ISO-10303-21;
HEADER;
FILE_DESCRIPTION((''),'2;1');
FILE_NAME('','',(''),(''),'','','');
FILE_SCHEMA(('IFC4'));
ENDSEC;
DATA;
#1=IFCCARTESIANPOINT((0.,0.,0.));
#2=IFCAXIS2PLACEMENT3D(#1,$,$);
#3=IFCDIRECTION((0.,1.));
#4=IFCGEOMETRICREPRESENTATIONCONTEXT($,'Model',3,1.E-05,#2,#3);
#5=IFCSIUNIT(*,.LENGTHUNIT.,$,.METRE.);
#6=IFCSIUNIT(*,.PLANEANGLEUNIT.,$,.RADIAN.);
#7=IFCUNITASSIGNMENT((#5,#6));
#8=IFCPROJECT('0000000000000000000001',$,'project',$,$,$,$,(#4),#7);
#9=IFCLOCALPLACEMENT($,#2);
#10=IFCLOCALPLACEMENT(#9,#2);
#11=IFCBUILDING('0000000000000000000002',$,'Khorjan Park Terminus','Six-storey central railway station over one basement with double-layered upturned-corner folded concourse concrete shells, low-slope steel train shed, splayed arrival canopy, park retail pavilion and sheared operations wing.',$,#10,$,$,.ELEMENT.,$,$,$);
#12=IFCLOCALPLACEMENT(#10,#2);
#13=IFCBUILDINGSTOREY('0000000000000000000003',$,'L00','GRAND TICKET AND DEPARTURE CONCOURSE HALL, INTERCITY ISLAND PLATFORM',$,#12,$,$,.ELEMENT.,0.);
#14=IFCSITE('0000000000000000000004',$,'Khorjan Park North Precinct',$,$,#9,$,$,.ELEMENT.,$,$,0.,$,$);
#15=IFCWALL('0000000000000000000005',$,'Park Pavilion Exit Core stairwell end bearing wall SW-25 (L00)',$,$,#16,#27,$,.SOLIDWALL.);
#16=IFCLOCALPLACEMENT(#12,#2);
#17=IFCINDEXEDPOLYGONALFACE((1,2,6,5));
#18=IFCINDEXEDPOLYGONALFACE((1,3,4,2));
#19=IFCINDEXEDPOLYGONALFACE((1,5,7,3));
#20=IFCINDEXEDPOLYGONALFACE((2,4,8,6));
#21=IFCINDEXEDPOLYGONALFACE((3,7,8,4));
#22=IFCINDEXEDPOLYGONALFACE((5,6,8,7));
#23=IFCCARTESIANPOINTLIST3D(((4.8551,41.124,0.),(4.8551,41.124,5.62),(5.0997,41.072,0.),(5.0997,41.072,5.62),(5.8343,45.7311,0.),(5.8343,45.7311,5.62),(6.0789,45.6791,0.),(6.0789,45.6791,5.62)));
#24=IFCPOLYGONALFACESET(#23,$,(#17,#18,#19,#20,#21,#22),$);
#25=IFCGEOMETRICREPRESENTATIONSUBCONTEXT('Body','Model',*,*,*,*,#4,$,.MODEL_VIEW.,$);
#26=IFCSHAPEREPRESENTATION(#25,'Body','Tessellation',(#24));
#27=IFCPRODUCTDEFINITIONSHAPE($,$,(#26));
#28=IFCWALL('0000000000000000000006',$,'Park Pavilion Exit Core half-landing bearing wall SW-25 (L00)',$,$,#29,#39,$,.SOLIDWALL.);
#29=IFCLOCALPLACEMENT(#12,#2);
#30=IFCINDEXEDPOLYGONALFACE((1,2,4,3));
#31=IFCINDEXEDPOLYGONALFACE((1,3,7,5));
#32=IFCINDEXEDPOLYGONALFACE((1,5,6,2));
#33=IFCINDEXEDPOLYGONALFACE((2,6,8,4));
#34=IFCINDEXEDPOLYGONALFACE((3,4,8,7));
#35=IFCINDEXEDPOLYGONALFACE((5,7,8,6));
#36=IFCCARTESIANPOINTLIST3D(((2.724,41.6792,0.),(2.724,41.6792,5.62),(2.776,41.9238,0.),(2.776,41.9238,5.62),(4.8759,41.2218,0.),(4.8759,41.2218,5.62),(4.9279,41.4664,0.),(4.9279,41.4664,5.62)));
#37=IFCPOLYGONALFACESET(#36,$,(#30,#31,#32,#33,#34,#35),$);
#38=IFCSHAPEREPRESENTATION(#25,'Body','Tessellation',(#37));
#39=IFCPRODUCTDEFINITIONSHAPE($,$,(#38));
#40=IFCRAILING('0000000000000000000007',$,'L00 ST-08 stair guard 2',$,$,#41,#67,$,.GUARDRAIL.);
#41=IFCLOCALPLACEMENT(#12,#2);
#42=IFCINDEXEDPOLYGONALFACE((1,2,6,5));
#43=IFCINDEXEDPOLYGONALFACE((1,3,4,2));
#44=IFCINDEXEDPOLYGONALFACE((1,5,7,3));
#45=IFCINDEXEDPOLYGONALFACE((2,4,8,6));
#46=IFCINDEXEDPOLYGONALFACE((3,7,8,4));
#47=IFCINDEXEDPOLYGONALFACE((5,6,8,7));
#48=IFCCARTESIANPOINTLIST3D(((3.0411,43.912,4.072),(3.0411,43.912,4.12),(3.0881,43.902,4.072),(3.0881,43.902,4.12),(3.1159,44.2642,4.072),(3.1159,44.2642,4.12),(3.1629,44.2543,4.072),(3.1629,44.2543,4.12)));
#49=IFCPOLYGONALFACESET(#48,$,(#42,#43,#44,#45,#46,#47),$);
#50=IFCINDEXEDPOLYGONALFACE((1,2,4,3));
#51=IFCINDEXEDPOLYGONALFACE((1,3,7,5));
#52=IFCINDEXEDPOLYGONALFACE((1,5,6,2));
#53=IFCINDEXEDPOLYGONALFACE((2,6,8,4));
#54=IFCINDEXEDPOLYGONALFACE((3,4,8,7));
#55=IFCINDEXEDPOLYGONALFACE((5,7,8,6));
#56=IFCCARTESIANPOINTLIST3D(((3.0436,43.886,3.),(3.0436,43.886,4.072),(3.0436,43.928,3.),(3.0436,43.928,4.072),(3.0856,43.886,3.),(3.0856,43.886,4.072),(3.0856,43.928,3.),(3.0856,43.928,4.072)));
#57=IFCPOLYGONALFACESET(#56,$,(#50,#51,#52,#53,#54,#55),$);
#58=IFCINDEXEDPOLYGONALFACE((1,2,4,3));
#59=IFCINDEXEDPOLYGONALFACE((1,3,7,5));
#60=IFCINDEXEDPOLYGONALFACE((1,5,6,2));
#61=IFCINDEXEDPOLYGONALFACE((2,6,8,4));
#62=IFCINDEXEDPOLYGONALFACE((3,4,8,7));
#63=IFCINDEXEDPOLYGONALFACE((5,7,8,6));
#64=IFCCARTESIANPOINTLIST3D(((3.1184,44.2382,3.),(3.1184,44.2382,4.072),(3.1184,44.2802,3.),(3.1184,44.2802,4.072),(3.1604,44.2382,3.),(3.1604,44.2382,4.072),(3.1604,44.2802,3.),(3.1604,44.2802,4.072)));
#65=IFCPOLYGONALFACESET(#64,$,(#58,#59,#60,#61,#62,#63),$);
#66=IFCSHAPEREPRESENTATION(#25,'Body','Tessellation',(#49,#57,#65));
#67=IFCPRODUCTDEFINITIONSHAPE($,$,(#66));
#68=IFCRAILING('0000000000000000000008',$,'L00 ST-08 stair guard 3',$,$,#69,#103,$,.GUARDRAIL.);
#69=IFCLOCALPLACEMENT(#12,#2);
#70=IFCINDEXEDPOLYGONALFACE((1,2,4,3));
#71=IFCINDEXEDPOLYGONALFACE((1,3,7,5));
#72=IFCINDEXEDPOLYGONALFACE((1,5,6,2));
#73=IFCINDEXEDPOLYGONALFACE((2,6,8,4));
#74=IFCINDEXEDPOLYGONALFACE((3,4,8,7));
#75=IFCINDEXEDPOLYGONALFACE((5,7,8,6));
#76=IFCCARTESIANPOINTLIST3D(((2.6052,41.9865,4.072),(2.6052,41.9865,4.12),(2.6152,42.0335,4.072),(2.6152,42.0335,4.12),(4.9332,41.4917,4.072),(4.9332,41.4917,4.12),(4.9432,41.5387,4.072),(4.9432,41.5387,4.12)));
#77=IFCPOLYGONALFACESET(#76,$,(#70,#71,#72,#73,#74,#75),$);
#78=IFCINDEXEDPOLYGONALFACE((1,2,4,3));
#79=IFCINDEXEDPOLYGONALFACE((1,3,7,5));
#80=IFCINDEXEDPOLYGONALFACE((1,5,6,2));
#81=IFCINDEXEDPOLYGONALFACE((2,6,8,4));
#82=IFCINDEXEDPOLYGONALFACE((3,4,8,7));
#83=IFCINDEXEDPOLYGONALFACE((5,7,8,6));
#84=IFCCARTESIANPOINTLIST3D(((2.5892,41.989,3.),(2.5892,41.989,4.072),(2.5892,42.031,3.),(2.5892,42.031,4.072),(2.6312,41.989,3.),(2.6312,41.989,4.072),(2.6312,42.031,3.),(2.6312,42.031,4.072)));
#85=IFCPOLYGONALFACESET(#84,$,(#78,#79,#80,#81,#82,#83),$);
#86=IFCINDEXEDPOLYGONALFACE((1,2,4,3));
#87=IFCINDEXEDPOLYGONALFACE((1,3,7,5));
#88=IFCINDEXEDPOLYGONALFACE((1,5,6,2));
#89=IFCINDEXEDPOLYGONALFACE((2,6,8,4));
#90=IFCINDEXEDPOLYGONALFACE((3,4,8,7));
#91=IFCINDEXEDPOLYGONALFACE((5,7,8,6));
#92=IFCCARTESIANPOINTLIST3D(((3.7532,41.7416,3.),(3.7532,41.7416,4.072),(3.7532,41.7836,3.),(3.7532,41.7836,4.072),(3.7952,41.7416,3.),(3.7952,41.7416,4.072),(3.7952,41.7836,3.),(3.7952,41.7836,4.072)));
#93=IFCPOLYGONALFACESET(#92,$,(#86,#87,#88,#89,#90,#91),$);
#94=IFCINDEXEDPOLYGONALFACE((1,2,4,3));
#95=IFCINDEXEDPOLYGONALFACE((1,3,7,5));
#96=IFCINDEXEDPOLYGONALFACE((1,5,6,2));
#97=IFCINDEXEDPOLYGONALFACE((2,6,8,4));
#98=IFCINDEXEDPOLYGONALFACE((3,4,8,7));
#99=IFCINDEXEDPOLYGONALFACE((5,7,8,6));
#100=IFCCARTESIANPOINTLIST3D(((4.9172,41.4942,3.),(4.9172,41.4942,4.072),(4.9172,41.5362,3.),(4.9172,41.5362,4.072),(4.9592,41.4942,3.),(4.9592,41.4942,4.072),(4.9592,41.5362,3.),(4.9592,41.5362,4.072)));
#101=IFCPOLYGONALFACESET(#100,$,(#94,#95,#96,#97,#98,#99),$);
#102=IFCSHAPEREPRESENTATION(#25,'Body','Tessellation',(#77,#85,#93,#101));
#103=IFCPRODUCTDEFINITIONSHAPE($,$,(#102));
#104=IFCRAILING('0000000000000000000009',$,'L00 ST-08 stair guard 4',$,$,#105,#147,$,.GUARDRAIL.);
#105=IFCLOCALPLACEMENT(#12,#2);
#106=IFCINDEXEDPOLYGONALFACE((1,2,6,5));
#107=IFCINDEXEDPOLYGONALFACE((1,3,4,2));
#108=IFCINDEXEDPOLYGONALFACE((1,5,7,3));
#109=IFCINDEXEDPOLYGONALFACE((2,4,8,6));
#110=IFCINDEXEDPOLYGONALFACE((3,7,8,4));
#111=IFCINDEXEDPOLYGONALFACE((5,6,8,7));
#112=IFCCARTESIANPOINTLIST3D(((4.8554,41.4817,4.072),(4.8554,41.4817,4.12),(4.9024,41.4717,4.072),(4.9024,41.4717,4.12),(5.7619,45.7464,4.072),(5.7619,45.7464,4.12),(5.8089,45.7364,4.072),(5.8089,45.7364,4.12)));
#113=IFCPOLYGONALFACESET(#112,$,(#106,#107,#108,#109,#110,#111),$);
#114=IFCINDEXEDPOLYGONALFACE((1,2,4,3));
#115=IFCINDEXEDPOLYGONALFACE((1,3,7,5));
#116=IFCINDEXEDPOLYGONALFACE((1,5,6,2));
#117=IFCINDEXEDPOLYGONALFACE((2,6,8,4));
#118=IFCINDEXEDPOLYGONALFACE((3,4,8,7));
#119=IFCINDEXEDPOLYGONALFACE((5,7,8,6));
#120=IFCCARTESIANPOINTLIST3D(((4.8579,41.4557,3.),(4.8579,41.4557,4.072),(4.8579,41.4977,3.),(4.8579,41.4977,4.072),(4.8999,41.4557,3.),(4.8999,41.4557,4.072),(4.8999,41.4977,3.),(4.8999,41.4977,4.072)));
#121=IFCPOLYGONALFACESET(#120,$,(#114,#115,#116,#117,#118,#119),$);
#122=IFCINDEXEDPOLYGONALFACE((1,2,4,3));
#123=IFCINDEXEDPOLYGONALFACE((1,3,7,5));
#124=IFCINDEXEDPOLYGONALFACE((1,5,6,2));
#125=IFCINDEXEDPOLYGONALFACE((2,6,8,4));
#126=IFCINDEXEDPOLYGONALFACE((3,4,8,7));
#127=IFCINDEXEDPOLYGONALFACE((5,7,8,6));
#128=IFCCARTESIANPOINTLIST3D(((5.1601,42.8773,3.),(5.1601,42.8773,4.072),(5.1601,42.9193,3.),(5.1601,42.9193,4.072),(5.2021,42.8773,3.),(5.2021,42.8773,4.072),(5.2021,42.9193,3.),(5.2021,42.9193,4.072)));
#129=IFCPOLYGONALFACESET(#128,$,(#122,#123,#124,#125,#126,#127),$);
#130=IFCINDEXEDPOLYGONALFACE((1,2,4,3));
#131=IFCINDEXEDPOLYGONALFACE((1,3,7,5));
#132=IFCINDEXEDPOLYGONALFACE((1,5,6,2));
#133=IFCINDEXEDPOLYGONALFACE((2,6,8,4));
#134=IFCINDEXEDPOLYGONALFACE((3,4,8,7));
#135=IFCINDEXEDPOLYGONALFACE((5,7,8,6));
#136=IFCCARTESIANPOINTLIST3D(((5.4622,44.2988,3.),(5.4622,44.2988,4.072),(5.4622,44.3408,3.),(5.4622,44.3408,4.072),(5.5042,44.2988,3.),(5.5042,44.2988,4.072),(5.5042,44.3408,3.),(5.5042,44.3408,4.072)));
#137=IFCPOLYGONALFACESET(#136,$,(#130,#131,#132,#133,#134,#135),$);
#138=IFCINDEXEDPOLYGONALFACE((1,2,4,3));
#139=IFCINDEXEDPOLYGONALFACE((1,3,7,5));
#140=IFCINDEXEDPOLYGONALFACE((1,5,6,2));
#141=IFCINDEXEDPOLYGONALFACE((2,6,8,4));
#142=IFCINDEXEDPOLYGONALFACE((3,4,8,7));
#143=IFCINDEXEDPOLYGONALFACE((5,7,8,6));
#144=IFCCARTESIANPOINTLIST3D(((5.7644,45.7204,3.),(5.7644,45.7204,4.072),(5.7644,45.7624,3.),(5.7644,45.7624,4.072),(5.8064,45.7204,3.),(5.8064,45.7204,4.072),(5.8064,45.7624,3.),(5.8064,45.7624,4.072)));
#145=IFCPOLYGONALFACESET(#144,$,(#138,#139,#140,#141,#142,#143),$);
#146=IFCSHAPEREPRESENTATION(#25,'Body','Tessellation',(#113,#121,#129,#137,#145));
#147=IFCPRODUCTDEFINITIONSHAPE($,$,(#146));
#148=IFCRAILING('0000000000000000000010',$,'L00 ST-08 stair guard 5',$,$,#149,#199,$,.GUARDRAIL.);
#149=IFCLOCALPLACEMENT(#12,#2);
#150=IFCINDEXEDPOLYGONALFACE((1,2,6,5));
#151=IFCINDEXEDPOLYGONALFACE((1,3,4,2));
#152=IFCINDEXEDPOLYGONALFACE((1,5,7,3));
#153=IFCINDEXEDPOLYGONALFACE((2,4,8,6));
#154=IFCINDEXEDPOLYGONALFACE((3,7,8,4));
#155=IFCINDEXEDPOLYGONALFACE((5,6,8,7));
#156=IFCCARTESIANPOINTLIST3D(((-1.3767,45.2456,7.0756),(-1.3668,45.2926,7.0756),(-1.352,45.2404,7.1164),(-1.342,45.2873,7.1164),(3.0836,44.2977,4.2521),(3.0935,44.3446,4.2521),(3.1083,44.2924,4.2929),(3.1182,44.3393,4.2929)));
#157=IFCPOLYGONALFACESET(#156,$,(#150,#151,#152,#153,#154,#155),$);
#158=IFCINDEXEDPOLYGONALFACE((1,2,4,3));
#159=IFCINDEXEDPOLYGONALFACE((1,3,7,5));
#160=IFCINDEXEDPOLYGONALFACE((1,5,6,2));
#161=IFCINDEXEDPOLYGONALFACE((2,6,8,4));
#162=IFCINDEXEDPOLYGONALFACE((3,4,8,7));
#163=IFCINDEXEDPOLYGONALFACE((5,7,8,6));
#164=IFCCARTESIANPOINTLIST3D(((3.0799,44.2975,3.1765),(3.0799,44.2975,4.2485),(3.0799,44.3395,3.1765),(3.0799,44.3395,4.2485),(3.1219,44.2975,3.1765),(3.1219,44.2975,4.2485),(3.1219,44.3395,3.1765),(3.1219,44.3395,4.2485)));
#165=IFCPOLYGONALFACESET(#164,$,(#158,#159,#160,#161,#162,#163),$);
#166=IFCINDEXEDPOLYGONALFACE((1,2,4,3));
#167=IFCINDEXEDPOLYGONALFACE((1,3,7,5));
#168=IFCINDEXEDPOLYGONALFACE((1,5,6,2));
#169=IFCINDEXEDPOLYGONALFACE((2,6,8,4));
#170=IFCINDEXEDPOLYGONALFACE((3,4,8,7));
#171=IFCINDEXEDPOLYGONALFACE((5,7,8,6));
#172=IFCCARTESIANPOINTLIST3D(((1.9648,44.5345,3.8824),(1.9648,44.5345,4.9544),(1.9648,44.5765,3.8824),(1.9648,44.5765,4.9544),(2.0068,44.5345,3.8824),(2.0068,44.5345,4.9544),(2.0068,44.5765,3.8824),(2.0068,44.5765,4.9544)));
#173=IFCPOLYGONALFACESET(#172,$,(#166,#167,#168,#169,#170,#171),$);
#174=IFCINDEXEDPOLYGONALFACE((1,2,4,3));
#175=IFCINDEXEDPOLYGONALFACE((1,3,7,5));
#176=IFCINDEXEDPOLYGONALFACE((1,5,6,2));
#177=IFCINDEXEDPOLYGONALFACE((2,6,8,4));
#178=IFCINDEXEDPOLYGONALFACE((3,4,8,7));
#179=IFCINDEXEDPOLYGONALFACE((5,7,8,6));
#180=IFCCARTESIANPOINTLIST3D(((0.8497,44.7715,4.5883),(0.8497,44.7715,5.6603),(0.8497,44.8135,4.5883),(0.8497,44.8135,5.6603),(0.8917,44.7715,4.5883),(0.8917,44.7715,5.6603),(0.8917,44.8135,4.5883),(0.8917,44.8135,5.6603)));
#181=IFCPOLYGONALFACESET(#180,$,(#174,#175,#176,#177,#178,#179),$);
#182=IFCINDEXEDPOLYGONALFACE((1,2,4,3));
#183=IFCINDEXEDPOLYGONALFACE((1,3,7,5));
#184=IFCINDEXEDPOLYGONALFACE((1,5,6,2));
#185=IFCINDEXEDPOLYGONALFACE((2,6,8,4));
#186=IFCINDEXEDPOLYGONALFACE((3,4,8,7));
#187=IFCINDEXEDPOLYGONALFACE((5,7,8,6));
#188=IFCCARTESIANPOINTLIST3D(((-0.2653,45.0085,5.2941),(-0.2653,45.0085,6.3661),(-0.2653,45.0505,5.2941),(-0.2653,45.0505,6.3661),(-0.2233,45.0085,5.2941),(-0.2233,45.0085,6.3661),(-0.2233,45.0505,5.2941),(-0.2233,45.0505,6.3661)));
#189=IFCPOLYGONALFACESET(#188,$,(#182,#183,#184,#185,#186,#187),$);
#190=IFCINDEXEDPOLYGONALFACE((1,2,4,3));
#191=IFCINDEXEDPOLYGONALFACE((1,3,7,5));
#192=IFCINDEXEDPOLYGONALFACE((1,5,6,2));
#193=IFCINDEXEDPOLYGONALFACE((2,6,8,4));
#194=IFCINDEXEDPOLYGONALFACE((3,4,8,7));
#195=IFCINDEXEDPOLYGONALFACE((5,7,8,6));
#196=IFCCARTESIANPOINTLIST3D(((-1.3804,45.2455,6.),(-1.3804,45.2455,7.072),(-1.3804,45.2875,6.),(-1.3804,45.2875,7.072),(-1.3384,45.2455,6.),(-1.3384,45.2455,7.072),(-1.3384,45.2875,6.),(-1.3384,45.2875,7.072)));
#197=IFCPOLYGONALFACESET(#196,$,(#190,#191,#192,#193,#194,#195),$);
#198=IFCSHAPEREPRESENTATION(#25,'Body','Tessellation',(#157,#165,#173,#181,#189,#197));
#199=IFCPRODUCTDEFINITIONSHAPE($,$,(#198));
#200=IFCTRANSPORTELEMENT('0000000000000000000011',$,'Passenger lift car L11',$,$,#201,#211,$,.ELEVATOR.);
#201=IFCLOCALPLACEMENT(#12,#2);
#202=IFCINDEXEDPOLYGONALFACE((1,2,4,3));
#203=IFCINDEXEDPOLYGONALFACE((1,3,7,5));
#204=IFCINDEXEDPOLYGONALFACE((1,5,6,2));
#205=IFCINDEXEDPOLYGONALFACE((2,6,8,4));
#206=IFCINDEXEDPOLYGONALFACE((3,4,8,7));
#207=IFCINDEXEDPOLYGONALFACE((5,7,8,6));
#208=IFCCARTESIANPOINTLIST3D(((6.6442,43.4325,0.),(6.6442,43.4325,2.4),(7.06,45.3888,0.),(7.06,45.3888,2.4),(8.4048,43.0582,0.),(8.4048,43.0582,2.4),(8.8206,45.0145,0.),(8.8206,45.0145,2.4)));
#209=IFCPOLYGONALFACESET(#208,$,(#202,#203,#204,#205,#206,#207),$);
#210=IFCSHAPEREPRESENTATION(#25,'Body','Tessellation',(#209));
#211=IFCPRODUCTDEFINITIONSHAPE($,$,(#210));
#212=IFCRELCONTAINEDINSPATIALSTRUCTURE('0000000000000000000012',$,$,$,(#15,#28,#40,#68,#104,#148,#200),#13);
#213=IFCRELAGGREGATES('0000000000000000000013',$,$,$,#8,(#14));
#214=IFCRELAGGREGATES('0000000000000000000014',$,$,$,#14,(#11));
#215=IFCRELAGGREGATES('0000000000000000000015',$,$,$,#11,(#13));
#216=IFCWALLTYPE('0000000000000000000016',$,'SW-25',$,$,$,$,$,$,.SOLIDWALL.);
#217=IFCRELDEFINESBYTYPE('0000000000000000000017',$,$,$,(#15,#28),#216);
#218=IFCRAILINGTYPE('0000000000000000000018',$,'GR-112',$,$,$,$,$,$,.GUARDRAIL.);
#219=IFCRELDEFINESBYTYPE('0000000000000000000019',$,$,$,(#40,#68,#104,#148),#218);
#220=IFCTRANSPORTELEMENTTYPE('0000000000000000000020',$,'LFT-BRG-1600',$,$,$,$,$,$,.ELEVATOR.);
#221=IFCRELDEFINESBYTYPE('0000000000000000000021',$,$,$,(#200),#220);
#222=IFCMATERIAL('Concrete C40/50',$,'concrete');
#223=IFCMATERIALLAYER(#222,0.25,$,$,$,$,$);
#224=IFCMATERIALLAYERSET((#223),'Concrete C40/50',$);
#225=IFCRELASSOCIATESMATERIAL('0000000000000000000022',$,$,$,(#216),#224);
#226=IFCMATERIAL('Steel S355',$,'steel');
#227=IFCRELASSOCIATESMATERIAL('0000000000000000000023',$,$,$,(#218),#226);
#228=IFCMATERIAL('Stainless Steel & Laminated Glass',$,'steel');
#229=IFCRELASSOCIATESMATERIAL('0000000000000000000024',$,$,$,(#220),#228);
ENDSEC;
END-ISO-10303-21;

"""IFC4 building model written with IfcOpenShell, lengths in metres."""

from ifc_helpers import new_model, si_unit, direction, frame, frame_2d, origin, origin_2d, place, context, subcontext, project, spatial, rectangle, extrude, material, layer, layer_set, type_object, element, save


model = new_model("IFC4")

# Units and contexts
model_context = context("Model", 3, precision=1e-05, world=origin(), true_north=direction((0.0, 1.0)))
body_context = subcontext(model_context, "Body", "Model", "MODEL_VIEW")
ifc_project = project(units=[si_unit("LENGTHUNIT", "METRE"), si_unit("PLANEANGLEUNIT", "RADIAN")], contexts=[model_context])

# Site, building, storey
site_placement = place(None, origin())
site = spatial("IfcSite", under=ifc_project, at=site_placement, Name="Khorjan Park North Precinct", CompositionType="ELEMENT", RefElevation=0.0)
building_placement = place(site_placement, origin())
building = spatial("IfcBuilding", under=site, at=building_placement, Name="Khorjan Park Terminus", Description="Six-storey central railway station over one basement with double-layered upturned-corner folded concourse concrete shells, low-slope steel train shed, splayed arrival canopy, park retail pavilion and sheared operations wing.", CompositionType="ELEMENT")
storey_placement = place(building_placement, origin())
storey = spatial("IfcBuildingStorey", under=building, at=storey_placement, Name="L00", Description="GRAND TICKET AND DEPARTURE CONCOURSE HALL, INTERCITY ISLAND PLATFORM", CompositionType="ELEMENT", Elevation=0.0)

# Shared definitions
ifc_material_1 = material(Name="Steel S355", Category="steel")

# Walls
ifc_material_2 = material(Name="Concrete C40/50", Category="concrete")
ifc_layer_1 = layer(ifc_material_2, 0.25)
ifc_layer_set_1 = layer_set([ifc_layer_1], Name="Concrete C40/50")
wall_type_1 = type_object("IfcWallType", Name="SW-25", PredefinedType="SOLIDWALL", material=ifc_layer_set_1)
wall_1_placement = place(storey_placement, frame((4.9774, 41.098, 0.0), z_axis=(0.0, 0.0, 1.0), x_axis=(0.207898, 0.978151, 0.0)))
element("IfcWall", 1, at=wall_1_placement, inside=storey, type_object=wall_type_1, Name="Park Pavilion Exit Core stairwell end bearing wall SW-25 (L00)", PredefinedType="SOLIDWALL", context=body_context, shape_type="SweptSolid", body=[
    extrude(rectangle(XDim=4.71, YDim=0.25, at=frame_2d((2.355, 0.0))), origin(), (0.0, 0.0, 1.0), 5.62),
])
wall_2_placement = place(storey_placement, frame((2.75, 41.8015, 0.0), z_axis=(0.0, 0.0, 1.0), x_axis=(0.978148, -0.207911, 0.0)))
element("IfcWall", 2, at=wall_2_placement, inside=storey, type_object=wall_type_1, Name="Park Pavilion Exit Core half-landing bearing wall SW-25 (L00)", PredefinedType="SOLIDWALL", context=body_context, shape_type="SweptSolid", body=[
    extrude(rectangle(XDim=2.2, YDim=0.25, at=frame_2d((1.1, 0.0))), origin(), (0.0, 0.0, 1.0), 5.62),
])

# Railings
railing_type = type_object("IfcRailingType", Name="GR-112", PredefinedType="GUARDRAIL", material=ifc_material_1)
railing_1_placement = place(storey_placement, frame((3.0646, 43.907, 3.0)))
element("IfcRailing", 3, at=railing_1_placement, inside=storey, type_object=railing_type, Name="L00 ST-08 stair guard 2", PredefinedType="GUARDRAIL", context=body_context, shape_type="SweptSolid", body=[
    extrude(rectangle(XDim=0.048, YDim=0.048, at=origin_2d()), frame((0.0, 0.0, 1.096), z_axis=(0.207746, 0.978183, 0.0), x_axis=(-0.978183, 0.207746, 0.0)), (0.0, 0.0, 1.0), 0.3601),
    extrude(rectangle(XDim=0.042, YDim=0.042, at=origin_2d()), origin(), (0.0, 0.0, 1.0), 1.072),
    extrude(rectangle(XDim=0.042, YDim=0.042, at=origin_2d()), frame((0.0748, 0.3522, 0.0)), (0.0, 0.0, 1.0), 1.072),
])
railing_2_placement = place(storey_placement, frame((2.6102, 42.01, 3.0)))
element("IfcRailing", 4, at=railing_2_placement, inside=storey, type_object=railing_type, Name="L00 ST-08 stair guard 3", PredefinedType="GUARDRAIL", context=body_context, shape_type="SweptSolid", body=[
    extrude(rectangle(XDim=0.048, YDim=0.048, at=origin_2d()), frame((0.0, 0.0, 1.096), z_axis=(0.97815, -0.207899, 0.0), x_axis=(0.207899, 0.97815, 0.0)), (0.0, 0.0, 1.0), 2.38),
    extrude(rectangle(XDim=0.042, YDim=0.042, at=origin_2d()), origin(), (0.0, 0.0, 1.0), 1.072),
    extrude(rectangle(XDim=0.042, YDim=0.042, at=origin_2d()), frame((1.164, -0.2474, 0.0)), (0.0, 0.0, 1.0), 1.072),
    extrude(rectangle(XDim=0.042, YDim=0.042, at=origin_2d()), frame((2.328, -0.4948, 0.0)), (0.0, 0.0, 1.0), 1.072),
])
railing_3_placement = place(storey_placement, frame((4.8789, 41.4767, 3.0)))
element("IfcRailing", 5, at=railing_3_placement, inside=storey, type_object=railing_type, Name="L00 ST-08 stair guard 4", PredefinedType="GUARDRAIL", context=body_context, shape_type="SweptSolid", body=[
    extrude(rectangle(XDim=0.048, YDim=0.048, at=origin_2d()), frame((0.0, 0.0, 1.096), z_axis=(0.207914, 0.978147, 0.0), x_axis=(-0.978147, 0.207914, 0.0)), (0.0, 0.0, 1.0), 4.36),
    extrude(rectangle(XDim=0.042, YDim=0.042, at=origin_2d()), origin(), (0.0, 0.0, 1.0), 1.072),
    extrude(rectangle(XDim=0.042, YDim=0.042, at=origin_2d()), frame((0.3022, 1.4216, 0.0)), (0.0, 0.0, 1.0), 1.072),
    extrude(rectangle(XDim=0.042, YDim=0.042, at=origin_2d()), frame((0.6043, 2.8431, 0.0)), (0.0, 0.0, 1.0), 1.072),
    extrude(rectangle(XDim=0.042, YDim=0.042, at=origin_2d()), frame((0.9065, 4.2647, 0.0)), (0.0, 0.0, 1.0), 1.072),
])
railing_4_placement = place(storey_placement, frame((3.1009, 44.3185, 3.1765)))
element("IfcRailing", 6, at=railing_4_placement, inside=storey, type_object=railing_type, Name="L00 ST-08 stair guard 5", PredefinedType="GUARDRAIL", context=body_context, shape_type="SweptSolid", body=[
    extrude(rectangle(XDim=0.048, YDim=0.048, at=origin_2d()), frame((0.0, 0.0, 1.096), z_axis=(-0.831631, 0.176756, 0.526447), x_axis=(-0.207898, -0.978151, 0.0)), (0.0, 0.0, 1.0), 5.3633),
    extrude(rectangle(XDim=0.042, YDim=0.042, at=origin_2d()), origin(), (0.0, 0.0, 1.0), 1.072),
    extrude(rectangle(XDim=0.042, YDim=0.042, at=origin_2d()), frame((-1.1151, 0.237, 0.7059)), (0.0, 0.0, 1.0), 1.072),
    extrude(rectangle(XDim=0.042, YDim=0.042, at=origin_2d()), frame((-2.2302, 0.474, 1.4118)), (0.0, 0.0, 1.0), 1.072),
    extrude(rectangle(XDim=0.042, YDim=0.042, at=origin_2d()), frame((-3.3452, 0.711, 2.1176)), (0.0, 0.0, 1.0), 1.072),
    extrude(rectangle(XDim=0.042, YDim=0.042, at=origin_2d()), frame((-4.4603, 0.948, 2.8235)), (0.0, 0.0, 1.0), 1.072),
])

# Transport element
ifc_material_3 = material(Name="Stainless Steel & Laminated Glass", Category="steel")
transport_element_type = type_object("IfcTransportElementType", Name="LFT-BRG-1600", PredefinedType="ELEVATOR", material=ifc_material_3)
transport_element_placement = place(storey_placement, frame((7.7324, 44.2235, 0.0), z_axis=(0.0, 0.0, 1.0), x_axis=(0.978148, -0.207912, 0.0)))
element("IfcTransportElement", 7, at=transport_element_placement, inside=storey, type_object=transport_element_type, Name="Passenger lift car L11", PredefinedType="ELEVATOR", context=body_context, shape_type="SweptSolid", body=[
    extrude(rectangle(XDim=1.8, YDim=2.0, at=origin_2d()), origin(), (0.0, 0.0, 1.0), 2.4),
])

save(model, "model.ifc")
